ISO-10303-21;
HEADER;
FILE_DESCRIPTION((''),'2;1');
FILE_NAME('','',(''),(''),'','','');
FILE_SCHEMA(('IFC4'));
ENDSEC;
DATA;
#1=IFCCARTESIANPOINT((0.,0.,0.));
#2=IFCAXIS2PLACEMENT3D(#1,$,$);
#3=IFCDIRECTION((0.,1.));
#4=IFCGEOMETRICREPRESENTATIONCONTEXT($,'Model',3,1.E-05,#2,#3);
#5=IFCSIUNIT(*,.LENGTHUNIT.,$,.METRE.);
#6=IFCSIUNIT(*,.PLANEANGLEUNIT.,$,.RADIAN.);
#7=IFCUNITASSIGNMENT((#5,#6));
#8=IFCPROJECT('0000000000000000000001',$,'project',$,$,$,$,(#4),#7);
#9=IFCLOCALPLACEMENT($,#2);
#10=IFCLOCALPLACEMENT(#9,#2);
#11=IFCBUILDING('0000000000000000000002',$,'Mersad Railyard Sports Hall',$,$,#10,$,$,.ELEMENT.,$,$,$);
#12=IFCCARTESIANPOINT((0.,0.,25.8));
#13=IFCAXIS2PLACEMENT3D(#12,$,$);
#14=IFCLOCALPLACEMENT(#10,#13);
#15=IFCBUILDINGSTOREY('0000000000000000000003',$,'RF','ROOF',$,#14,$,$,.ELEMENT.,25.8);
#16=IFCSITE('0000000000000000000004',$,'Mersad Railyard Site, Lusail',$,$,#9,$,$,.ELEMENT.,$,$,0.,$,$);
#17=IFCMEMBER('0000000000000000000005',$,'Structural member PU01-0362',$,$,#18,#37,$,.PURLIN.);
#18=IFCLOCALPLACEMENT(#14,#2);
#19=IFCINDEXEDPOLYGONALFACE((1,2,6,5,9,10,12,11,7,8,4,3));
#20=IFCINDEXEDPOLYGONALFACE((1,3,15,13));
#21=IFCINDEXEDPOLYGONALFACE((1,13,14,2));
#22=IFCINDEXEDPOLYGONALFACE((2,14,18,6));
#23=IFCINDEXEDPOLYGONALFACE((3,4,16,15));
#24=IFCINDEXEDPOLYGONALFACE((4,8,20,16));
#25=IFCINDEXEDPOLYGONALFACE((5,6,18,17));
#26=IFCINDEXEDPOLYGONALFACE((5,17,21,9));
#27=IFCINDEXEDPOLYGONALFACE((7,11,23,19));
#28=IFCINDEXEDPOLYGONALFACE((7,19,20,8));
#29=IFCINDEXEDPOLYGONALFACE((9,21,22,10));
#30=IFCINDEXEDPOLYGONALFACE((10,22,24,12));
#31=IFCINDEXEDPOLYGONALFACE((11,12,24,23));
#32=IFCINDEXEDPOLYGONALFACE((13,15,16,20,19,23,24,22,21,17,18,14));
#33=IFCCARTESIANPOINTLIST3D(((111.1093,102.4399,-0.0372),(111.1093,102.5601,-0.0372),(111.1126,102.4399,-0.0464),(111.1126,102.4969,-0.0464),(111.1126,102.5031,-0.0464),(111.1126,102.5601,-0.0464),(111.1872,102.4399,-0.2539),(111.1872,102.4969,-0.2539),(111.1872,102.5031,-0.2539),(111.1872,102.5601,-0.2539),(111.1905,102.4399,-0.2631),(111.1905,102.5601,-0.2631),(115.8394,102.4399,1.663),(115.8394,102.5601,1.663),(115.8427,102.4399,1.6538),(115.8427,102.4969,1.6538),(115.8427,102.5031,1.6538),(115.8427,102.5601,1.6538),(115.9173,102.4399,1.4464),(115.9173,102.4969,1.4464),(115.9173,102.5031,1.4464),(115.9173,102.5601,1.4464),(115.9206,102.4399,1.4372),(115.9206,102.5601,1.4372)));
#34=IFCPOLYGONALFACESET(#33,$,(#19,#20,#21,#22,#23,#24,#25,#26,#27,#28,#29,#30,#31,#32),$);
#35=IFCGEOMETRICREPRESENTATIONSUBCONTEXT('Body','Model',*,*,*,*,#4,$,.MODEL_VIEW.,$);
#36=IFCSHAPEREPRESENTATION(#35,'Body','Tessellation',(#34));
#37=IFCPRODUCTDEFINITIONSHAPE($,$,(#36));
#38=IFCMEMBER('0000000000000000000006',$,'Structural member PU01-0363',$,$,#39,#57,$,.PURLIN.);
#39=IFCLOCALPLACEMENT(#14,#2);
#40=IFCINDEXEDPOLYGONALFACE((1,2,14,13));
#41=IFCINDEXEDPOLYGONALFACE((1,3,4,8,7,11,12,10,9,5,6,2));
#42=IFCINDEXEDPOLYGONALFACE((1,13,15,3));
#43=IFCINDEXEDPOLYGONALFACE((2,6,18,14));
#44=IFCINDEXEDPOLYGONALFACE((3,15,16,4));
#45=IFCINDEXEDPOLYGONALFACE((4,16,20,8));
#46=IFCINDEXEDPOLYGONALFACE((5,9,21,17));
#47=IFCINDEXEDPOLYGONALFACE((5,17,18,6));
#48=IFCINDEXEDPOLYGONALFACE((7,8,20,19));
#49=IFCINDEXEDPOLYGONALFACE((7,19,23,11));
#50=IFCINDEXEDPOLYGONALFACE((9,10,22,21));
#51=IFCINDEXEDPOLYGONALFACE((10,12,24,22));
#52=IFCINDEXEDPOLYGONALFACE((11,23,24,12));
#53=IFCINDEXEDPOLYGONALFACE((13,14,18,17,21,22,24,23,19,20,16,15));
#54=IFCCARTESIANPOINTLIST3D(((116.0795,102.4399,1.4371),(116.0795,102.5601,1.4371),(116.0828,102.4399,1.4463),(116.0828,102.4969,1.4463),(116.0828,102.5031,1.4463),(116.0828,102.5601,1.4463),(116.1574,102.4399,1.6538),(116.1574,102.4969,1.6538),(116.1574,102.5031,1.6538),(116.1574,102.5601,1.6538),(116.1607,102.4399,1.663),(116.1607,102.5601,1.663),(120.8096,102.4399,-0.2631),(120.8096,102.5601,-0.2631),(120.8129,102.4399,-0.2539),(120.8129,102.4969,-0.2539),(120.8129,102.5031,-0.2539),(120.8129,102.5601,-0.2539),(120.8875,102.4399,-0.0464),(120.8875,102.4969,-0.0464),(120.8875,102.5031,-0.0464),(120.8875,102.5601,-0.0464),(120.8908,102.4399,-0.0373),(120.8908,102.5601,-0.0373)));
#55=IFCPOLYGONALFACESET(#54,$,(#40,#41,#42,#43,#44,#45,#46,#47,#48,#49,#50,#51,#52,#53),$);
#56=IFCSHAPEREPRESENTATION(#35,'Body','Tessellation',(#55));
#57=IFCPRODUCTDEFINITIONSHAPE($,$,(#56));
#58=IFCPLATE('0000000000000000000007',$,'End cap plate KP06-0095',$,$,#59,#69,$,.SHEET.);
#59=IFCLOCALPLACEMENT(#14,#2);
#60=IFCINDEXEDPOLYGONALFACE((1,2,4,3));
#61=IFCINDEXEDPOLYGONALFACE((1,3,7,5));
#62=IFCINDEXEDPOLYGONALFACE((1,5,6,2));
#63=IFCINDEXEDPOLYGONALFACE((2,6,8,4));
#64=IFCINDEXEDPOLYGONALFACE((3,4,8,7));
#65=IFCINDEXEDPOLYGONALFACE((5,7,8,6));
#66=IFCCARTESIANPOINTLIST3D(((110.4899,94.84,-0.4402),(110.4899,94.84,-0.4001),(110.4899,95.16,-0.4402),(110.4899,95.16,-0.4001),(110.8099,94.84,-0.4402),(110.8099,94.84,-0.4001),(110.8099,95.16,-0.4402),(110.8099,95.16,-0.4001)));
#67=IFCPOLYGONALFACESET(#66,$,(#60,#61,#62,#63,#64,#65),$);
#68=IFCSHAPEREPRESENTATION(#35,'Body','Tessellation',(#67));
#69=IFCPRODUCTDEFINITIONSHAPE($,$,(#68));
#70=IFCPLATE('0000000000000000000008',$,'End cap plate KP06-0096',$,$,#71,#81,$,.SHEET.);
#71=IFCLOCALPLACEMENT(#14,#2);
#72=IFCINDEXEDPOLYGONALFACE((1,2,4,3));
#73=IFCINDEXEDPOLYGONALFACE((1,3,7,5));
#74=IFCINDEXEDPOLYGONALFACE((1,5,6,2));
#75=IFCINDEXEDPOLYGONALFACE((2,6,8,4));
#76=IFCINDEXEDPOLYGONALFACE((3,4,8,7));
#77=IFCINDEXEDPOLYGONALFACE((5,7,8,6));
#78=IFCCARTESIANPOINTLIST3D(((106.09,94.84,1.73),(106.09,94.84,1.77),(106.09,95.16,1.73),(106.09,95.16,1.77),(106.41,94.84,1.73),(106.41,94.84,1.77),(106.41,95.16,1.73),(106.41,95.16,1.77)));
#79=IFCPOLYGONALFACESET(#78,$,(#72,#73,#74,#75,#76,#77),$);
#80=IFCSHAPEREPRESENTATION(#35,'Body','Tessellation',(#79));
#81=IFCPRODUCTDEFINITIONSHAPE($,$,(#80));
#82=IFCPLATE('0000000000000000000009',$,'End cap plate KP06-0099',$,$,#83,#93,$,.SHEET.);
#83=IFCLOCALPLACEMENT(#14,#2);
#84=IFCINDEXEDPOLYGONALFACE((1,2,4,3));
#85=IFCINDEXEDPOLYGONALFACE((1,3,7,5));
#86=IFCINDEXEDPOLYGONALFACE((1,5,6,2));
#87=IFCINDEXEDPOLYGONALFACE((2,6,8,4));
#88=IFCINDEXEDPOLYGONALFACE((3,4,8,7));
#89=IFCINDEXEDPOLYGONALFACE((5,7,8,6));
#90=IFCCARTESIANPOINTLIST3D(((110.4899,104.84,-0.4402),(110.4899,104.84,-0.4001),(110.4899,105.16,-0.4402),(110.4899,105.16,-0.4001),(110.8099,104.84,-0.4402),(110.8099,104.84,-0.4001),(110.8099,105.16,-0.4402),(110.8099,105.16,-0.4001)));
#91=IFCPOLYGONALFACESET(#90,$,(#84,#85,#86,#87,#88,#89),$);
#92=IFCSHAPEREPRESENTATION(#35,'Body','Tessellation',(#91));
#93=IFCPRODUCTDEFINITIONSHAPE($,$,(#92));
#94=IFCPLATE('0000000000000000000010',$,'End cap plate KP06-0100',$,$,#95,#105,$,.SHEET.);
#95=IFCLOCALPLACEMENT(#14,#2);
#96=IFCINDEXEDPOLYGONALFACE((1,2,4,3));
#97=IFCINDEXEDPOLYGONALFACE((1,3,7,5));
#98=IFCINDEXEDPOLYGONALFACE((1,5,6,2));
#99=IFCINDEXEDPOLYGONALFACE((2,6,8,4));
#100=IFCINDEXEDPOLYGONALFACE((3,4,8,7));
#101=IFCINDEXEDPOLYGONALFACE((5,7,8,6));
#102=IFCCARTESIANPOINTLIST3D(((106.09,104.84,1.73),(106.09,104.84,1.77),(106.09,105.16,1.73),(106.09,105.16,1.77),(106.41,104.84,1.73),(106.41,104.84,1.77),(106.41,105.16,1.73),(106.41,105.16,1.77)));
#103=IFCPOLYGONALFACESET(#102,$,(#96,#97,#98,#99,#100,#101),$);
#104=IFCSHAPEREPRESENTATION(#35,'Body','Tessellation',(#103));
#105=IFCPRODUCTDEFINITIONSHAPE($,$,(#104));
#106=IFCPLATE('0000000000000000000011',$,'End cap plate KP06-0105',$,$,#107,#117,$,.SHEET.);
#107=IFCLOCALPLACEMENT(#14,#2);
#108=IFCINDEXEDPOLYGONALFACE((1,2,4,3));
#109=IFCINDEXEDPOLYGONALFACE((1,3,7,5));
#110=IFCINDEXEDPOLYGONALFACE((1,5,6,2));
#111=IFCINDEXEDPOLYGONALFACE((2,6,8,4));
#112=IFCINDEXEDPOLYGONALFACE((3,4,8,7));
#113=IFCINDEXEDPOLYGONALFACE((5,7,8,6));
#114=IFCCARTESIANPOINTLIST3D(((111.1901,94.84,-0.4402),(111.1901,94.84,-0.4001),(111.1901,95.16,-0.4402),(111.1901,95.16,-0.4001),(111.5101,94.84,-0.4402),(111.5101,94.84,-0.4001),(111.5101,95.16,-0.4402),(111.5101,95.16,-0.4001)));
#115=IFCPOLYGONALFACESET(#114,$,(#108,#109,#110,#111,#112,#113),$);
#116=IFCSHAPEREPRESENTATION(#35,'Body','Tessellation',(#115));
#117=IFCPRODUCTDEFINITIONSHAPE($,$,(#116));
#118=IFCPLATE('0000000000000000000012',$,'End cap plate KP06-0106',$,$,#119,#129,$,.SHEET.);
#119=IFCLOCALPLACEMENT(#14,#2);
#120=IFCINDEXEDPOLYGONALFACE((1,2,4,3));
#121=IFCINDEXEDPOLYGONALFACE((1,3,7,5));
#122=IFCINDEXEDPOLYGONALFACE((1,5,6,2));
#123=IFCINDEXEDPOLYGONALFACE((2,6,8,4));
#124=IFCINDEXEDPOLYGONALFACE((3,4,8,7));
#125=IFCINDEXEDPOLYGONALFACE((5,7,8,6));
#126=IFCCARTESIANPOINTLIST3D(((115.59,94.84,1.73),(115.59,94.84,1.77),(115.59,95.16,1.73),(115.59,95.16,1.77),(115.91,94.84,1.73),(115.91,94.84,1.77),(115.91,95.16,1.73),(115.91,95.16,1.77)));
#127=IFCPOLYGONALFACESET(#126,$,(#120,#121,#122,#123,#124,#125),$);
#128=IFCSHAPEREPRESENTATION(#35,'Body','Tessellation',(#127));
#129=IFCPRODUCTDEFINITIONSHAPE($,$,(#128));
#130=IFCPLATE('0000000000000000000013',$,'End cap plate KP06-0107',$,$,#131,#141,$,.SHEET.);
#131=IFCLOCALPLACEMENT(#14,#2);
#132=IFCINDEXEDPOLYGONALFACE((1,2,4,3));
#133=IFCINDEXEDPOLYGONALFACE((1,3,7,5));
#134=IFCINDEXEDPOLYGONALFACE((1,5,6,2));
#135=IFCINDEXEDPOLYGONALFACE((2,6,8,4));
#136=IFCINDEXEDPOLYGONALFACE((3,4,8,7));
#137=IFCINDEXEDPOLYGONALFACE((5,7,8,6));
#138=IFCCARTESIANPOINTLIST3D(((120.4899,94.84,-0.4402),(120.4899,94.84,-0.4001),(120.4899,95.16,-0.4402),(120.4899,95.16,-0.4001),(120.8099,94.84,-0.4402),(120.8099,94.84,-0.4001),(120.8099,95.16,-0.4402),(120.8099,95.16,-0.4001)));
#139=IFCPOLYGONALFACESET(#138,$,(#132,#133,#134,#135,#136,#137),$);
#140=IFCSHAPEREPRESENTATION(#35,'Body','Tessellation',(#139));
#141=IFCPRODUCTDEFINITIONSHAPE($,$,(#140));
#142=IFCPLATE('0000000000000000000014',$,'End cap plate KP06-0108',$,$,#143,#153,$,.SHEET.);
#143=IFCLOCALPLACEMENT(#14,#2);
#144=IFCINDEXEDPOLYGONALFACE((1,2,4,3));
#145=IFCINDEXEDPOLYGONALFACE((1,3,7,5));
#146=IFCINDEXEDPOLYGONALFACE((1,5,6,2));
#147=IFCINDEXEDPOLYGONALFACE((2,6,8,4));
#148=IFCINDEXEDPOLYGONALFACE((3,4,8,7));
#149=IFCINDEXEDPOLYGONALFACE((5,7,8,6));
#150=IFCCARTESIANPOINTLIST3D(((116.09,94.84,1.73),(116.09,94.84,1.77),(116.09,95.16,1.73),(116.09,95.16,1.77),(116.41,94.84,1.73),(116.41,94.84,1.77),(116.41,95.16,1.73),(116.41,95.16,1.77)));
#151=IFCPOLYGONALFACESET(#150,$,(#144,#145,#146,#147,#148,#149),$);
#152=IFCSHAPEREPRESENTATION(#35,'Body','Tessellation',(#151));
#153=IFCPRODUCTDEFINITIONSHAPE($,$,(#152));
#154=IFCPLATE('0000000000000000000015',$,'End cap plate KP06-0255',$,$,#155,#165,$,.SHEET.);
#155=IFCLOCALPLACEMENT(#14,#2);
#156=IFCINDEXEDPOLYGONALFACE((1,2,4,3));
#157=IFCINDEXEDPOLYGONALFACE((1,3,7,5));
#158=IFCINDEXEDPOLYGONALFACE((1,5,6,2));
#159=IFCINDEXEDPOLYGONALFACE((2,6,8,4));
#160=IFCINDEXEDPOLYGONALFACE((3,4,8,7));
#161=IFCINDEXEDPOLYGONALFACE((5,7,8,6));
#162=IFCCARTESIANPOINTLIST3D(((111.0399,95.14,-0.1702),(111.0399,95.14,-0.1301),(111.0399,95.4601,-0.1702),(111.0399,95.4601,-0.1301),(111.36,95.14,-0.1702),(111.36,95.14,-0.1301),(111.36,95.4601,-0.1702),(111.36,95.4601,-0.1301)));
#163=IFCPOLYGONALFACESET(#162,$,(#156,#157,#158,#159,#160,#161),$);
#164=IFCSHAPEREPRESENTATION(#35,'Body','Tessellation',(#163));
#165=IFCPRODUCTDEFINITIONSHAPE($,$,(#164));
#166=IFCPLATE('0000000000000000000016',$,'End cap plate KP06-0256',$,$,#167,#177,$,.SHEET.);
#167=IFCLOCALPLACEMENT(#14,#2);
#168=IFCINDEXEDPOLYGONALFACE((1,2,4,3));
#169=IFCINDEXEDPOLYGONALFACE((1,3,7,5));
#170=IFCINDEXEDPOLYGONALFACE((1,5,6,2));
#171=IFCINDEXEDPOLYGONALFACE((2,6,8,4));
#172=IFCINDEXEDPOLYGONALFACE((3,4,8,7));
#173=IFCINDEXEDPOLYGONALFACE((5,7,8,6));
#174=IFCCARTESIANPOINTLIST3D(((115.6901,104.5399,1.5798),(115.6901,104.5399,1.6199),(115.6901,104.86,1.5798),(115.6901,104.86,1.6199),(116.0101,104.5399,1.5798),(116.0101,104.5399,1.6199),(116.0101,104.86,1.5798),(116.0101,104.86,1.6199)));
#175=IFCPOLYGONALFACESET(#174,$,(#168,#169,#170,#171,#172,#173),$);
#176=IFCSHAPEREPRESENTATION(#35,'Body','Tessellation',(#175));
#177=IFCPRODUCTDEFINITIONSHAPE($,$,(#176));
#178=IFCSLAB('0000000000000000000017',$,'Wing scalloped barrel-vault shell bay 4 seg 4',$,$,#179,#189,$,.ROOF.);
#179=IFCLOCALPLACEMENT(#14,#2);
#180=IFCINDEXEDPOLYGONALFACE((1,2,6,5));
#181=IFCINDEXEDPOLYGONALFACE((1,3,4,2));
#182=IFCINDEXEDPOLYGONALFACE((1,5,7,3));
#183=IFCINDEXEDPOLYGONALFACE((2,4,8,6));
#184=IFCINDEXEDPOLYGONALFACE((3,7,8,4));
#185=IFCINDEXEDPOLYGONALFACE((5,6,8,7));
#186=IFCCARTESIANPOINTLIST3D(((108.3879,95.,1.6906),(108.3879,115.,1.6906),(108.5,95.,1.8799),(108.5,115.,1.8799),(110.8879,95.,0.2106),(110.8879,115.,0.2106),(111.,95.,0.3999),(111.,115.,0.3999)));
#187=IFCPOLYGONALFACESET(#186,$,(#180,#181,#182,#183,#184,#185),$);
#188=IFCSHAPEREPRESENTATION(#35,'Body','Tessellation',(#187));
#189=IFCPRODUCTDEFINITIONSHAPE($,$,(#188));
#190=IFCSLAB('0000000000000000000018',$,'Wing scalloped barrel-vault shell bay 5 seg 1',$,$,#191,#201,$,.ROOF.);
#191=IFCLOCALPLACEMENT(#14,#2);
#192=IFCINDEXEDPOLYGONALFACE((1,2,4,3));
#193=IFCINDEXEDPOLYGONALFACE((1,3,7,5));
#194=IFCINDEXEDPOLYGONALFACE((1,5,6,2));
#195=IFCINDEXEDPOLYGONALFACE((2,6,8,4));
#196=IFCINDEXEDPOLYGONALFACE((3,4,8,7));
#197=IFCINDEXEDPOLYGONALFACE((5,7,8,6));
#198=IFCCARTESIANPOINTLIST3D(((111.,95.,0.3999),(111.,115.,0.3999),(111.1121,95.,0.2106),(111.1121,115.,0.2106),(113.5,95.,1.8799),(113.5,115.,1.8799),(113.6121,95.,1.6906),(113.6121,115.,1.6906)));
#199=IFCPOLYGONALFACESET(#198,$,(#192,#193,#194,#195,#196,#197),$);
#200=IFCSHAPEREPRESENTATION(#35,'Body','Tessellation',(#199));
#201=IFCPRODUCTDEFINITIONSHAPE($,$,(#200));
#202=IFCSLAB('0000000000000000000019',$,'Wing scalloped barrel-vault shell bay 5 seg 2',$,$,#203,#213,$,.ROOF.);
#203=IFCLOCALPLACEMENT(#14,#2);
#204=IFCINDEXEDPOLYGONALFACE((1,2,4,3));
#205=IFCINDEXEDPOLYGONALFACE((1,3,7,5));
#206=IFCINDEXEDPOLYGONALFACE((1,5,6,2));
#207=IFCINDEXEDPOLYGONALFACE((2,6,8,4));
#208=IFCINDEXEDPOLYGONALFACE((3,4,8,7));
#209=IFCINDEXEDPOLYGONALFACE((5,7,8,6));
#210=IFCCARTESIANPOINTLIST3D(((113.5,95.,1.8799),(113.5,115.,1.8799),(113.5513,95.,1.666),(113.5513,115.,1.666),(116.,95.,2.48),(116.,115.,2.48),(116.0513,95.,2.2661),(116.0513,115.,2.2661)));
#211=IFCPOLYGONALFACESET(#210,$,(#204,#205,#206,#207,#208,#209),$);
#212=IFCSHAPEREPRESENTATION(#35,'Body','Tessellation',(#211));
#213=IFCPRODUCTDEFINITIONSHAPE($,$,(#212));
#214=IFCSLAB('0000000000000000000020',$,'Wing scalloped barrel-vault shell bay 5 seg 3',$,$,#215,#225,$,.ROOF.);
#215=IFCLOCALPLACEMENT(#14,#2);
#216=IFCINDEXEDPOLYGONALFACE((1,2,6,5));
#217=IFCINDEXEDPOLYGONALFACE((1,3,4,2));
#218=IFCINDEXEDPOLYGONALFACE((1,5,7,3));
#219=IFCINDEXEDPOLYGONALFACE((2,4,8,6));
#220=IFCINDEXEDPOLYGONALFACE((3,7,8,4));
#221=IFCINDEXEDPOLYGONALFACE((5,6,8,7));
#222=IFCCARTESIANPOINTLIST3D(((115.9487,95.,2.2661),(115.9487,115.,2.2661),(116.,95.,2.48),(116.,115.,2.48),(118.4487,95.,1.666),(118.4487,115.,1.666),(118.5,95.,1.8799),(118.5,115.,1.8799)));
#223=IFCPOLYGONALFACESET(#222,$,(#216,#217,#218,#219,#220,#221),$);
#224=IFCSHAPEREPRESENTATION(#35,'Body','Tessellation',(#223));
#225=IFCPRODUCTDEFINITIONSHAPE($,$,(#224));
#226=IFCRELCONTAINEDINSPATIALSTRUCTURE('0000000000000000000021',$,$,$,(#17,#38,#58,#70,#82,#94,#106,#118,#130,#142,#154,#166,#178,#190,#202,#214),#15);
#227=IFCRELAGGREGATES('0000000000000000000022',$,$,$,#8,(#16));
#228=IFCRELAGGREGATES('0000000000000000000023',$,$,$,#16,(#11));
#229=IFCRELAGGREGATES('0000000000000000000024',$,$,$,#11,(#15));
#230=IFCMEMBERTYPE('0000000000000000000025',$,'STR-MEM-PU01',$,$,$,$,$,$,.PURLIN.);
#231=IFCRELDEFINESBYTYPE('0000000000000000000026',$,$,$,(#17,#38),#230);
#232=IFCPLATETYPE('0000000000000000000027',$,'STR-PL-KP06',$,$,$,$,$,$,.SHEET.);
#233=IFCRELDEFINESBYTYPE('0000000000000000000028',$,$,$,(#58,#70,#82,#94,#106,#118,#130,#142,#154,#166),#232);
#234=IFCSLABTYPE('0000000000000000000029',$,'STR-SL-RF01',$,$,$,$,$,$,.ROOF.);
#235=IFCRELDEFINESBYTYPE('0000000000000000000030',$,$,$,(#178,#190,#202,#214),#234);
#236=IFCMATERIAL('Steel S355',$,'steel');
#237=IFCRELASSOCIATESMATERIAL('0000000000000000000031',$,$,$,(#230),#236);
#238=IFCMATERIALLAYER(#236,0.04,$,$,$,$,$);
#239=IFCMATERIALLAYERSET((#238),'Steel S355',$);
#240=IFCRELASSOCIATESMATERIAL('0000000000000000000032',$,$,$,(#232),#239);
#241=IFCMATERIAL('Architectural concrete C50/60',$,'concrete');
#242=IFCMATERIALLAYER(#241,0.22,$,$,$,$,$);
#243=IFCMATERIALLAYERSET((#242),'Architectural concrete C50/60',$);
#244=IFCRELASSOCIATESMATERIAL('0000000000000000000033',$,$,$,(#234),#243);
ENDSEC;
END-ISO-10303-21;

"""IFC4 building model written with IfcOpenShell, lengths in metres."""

from ifc_helpers import new_model, si_unit, direction, frame, origin, origin_2d, place, context, subcontext, project, spatial, polyline, rectangle, i_section, outline, extrude, material, layer, layer_set, material_profile, profile_set, type_object, element, save


model = new_model("IFC4")

# Units and contexts
model_context = context("Model", 3, precision=1e-05, world=origin(), true_north=direction((0.0, 1.0)))
body_context = subcontext(model_context, "Body", "Model", "MODEL_VIEW")
ifc_project = project(units=[si_unit("LENGTHUNIT", "METRE"), si_unit("PLANEANGLEUNIT", "RADIAN")], contexts=[model_context])

# Site, building, storey
site_placement = place(None, origin())
site = spatial("IfcSite", under=ifc_project, at=site_placement, Name="Mersad Railyard Site, Lusail", CompositionType="ELEMENT", RefElevation=0.0)
building_placement = place(site_placement, origin())
building = spatial("IfcBuilding", under=site, at=building_placement, Name="Mersad Railyard Sports Hall", CompositionType="ELEMENT")
storey_placement = place(building_placement, frame((0.0, 0.0, 25.8)))
storey = spatial("IfcBuildingStorey", under=building, at=storey_placement, Name="RF", Description="ROOF", CompositionType="ELEMENT", Elevation=25.8)

# Shared definitions
ifc_material_1 = material(Name="Steel S355", Category="steel")
ifc_material_2 = material(Name="Architectural concrete C50/60", Category="concrete")

# Members
ifc_material_profile_1 = material_profile(ifc_material_1, i_section(OverallWidth=0.1201, OverallDepth=0.24, WebThickness=0.0061, FlangeThickness=0.0098, at=origin_2d()), Name="IPE 240")
ifc_profile_set_1 = profile_set([ifc_material_profile_1], Name="Steel S355")
member_type_1 = type_object("IfcMemberType", Name="STR-MEM-PU01", PredefinedType="PURLIN", material=ifc_profile_set_1)
for number, where, z_axis, x_axis, name in (
    (1, (111.1499, 102.5, -0.1501), (0.941052, 0.0, 0.338262), (0.0, 1.0, 0.0), "Structural member PU01-0362"),
    (2, (116.1201, 102.5, 1.55), (0.941052, 0.0, -0.338262), (0.0, 1.0, 0.0), "Structural member PU01-0363"),
):
    element("IfcMember", number, at=place(storey_placement, frame(where, z_axis=z_axis, x_axis=x_axis)), inside=storey, type_object=member_type_1, Name=name, PredefinedType="PURLIN", context=body_context, shape_type="SweptSolid", body=[
        extrude(i_section(OverallWidth=0.1201, OverallDepth=0.24, WebThickness=0.0061, FlangeThickness=0.0098, at=origin_2d()), origin(), (0.0, 0.0, 1.0), 5.0264),
    ])

# Plates
ifc_layer_1 = layer(ifc_material_1, 0.04)
ifc_layer_set_1 = layer_set([ifc_layer_1], Name="Steel S355")
plate_type = type_object("IfcPlateType", Name="STR-PL-KP06", PredefinedType="SHEET", material=ifc_layer_set_1)
for number, where, z_axis, x_axis, name in (
    (3, (110.6499, 95.0, -0.4402), (0.0, 0.0, 1.0), (1.0, 0.0, 0.0), "End cap plate KP06-0095"),
    (4, (106.25, 95.0, 1.73), (0.0, 0.0, 1.0), (1.0, 0.0, 0.0), "End cap plate KP06-0096"),
    (5, (110.6499, 105.0, -0.4402), (0.0, 0.0, 1.0), (1.0, 0.0, 0.0), "End cap plate KP06-0099"),
    (6, (106.25, 105.0, 1.73), (0.0, 0.0, 1.0), (1.0, 0.0, 0.0), "End cap plate KP06-0100"),
    (7, (111.3501, 95.0, -0.4402), (0.0, 0.0, 1.0), (1.0, 0.0, 0.0), "End cap plate KP06-0105"),
    (8, (115.75, 95.0, 1.73), (0.0, 0.0, 1.0), (1.0, 0.0, 0.0), "End cap plate KP06-0106"),
    (9, (120.6499, 95.0, -0.4402), (0.0, 0.0, 1.0), (1.0, 0.0, 0.0), "End cap plate KP06-0107"),
    (10, (116.25, 95.0, 1.73), (0.0, 0.0, 1.0), (1.0, 0.0, 0.0), "End cap plate KP06-0108"),
    (11, (111.2, 95.3, -0.1702), (0.0, 0.0, 1.0), (1.0, 0.0, 0.0), "End cap plate KP06-0255"),
    (12, (115.8501, 104.7, 1.5798), (0.0, 0.0, 1.0), (1.0, 0.0, 0.0), "End cap plate KP06-0256"),
):
    element("IfcPlate", number, at=place(storey_placement, frame(where, z_axis=z_axis, x_axis=x_axis)), inside=storey, type_object=plate_type, Name=name, PredefinedType="SHEET", context=body_context, shape_type="SweptSolid", body=[
        extrude(rectangle(XDim=0.3201, YDim=0.3201, at=origin_2d()), origin(), (0.0, 0.0, 1.0), 0.04),
    ])

# Slabs
ifc_layer_2 = layer(ifc_material_2, 0.22)
ifc_layer_set_2 = layer_set([ifc_layer_2], Name="Architectural concrete C50/60")
slab_type = type_object("IfcSlabType", Name="STR-SL-RF01", PredefinedType="ROOF", material=ifc_layer_set_2)
for number, where, z_axis, x_axis, name in (
    (13, (108.5, 95.0, 1.8799), (0.50942, 0.0, 0.860518), (0.860518, 0.0, -0.50942), "Wing scalloped barrel-vault shell bay 4 seg 4"),
    (14, (111.0, 95.0, 0.3999), (-0.50942, 0.0, 0.860518), (0.860518, 0.0, 0.50942), "Wing scalloped barrel-vault shell bay 5 seg 1"),
):
    element("IfcSlab", number, at=place(storey_placement, frame(where, z_axis=z_axis, x_axis=x_axis)), inside=storey, type_object=slab_type, Name=name, PredefinedType="ROOF", context=body_context, shape_type="SweptSolid", body=[
        extrude(outline(polyline([(0.0, 0.0), (2.9052, 0.0), (2.9052, 20.0), (0.0, 20.0), (0.0, 0.0)])), origin(), (0.0, 0.0, -1.0), 0.22),
    ])
for number, where, z_axis, x_axis, name in (
    (15, (113.5, 95.0, 1.8799), (-0.233409, 0.0, 0.972379), (0.972379, 0.0, 0.233409), "Wing scalloped barrel-vault shell bay 5 seg 2"),
    (16, (116.0, 95.0, 2.48), (0.233409, 0.0, 0.972379), (0.972379, 0.0, -0.233409), "Wing scalloped barrel-vault shell bay 5 seg 3"),
):
    element("IfcSlab", number, at=place(storey_placement, frame(where, z_axis=z_axis, x_axis=x_axis)), inside=storey, type_object=slab_type, Name=name, PredefinedType="ROOF", context=body_context, shape_type="SweptSolid", body=[
        extrude(outline(polyline([(0.0, 0.0), (2.571, 0.0), (2.571, 20.0), (0.0, 20.0), (0.0, 0.0)])), origin(), (0.0, 0.0, -1.0), 0.22),
    ])

save(model, "model.ifc")
